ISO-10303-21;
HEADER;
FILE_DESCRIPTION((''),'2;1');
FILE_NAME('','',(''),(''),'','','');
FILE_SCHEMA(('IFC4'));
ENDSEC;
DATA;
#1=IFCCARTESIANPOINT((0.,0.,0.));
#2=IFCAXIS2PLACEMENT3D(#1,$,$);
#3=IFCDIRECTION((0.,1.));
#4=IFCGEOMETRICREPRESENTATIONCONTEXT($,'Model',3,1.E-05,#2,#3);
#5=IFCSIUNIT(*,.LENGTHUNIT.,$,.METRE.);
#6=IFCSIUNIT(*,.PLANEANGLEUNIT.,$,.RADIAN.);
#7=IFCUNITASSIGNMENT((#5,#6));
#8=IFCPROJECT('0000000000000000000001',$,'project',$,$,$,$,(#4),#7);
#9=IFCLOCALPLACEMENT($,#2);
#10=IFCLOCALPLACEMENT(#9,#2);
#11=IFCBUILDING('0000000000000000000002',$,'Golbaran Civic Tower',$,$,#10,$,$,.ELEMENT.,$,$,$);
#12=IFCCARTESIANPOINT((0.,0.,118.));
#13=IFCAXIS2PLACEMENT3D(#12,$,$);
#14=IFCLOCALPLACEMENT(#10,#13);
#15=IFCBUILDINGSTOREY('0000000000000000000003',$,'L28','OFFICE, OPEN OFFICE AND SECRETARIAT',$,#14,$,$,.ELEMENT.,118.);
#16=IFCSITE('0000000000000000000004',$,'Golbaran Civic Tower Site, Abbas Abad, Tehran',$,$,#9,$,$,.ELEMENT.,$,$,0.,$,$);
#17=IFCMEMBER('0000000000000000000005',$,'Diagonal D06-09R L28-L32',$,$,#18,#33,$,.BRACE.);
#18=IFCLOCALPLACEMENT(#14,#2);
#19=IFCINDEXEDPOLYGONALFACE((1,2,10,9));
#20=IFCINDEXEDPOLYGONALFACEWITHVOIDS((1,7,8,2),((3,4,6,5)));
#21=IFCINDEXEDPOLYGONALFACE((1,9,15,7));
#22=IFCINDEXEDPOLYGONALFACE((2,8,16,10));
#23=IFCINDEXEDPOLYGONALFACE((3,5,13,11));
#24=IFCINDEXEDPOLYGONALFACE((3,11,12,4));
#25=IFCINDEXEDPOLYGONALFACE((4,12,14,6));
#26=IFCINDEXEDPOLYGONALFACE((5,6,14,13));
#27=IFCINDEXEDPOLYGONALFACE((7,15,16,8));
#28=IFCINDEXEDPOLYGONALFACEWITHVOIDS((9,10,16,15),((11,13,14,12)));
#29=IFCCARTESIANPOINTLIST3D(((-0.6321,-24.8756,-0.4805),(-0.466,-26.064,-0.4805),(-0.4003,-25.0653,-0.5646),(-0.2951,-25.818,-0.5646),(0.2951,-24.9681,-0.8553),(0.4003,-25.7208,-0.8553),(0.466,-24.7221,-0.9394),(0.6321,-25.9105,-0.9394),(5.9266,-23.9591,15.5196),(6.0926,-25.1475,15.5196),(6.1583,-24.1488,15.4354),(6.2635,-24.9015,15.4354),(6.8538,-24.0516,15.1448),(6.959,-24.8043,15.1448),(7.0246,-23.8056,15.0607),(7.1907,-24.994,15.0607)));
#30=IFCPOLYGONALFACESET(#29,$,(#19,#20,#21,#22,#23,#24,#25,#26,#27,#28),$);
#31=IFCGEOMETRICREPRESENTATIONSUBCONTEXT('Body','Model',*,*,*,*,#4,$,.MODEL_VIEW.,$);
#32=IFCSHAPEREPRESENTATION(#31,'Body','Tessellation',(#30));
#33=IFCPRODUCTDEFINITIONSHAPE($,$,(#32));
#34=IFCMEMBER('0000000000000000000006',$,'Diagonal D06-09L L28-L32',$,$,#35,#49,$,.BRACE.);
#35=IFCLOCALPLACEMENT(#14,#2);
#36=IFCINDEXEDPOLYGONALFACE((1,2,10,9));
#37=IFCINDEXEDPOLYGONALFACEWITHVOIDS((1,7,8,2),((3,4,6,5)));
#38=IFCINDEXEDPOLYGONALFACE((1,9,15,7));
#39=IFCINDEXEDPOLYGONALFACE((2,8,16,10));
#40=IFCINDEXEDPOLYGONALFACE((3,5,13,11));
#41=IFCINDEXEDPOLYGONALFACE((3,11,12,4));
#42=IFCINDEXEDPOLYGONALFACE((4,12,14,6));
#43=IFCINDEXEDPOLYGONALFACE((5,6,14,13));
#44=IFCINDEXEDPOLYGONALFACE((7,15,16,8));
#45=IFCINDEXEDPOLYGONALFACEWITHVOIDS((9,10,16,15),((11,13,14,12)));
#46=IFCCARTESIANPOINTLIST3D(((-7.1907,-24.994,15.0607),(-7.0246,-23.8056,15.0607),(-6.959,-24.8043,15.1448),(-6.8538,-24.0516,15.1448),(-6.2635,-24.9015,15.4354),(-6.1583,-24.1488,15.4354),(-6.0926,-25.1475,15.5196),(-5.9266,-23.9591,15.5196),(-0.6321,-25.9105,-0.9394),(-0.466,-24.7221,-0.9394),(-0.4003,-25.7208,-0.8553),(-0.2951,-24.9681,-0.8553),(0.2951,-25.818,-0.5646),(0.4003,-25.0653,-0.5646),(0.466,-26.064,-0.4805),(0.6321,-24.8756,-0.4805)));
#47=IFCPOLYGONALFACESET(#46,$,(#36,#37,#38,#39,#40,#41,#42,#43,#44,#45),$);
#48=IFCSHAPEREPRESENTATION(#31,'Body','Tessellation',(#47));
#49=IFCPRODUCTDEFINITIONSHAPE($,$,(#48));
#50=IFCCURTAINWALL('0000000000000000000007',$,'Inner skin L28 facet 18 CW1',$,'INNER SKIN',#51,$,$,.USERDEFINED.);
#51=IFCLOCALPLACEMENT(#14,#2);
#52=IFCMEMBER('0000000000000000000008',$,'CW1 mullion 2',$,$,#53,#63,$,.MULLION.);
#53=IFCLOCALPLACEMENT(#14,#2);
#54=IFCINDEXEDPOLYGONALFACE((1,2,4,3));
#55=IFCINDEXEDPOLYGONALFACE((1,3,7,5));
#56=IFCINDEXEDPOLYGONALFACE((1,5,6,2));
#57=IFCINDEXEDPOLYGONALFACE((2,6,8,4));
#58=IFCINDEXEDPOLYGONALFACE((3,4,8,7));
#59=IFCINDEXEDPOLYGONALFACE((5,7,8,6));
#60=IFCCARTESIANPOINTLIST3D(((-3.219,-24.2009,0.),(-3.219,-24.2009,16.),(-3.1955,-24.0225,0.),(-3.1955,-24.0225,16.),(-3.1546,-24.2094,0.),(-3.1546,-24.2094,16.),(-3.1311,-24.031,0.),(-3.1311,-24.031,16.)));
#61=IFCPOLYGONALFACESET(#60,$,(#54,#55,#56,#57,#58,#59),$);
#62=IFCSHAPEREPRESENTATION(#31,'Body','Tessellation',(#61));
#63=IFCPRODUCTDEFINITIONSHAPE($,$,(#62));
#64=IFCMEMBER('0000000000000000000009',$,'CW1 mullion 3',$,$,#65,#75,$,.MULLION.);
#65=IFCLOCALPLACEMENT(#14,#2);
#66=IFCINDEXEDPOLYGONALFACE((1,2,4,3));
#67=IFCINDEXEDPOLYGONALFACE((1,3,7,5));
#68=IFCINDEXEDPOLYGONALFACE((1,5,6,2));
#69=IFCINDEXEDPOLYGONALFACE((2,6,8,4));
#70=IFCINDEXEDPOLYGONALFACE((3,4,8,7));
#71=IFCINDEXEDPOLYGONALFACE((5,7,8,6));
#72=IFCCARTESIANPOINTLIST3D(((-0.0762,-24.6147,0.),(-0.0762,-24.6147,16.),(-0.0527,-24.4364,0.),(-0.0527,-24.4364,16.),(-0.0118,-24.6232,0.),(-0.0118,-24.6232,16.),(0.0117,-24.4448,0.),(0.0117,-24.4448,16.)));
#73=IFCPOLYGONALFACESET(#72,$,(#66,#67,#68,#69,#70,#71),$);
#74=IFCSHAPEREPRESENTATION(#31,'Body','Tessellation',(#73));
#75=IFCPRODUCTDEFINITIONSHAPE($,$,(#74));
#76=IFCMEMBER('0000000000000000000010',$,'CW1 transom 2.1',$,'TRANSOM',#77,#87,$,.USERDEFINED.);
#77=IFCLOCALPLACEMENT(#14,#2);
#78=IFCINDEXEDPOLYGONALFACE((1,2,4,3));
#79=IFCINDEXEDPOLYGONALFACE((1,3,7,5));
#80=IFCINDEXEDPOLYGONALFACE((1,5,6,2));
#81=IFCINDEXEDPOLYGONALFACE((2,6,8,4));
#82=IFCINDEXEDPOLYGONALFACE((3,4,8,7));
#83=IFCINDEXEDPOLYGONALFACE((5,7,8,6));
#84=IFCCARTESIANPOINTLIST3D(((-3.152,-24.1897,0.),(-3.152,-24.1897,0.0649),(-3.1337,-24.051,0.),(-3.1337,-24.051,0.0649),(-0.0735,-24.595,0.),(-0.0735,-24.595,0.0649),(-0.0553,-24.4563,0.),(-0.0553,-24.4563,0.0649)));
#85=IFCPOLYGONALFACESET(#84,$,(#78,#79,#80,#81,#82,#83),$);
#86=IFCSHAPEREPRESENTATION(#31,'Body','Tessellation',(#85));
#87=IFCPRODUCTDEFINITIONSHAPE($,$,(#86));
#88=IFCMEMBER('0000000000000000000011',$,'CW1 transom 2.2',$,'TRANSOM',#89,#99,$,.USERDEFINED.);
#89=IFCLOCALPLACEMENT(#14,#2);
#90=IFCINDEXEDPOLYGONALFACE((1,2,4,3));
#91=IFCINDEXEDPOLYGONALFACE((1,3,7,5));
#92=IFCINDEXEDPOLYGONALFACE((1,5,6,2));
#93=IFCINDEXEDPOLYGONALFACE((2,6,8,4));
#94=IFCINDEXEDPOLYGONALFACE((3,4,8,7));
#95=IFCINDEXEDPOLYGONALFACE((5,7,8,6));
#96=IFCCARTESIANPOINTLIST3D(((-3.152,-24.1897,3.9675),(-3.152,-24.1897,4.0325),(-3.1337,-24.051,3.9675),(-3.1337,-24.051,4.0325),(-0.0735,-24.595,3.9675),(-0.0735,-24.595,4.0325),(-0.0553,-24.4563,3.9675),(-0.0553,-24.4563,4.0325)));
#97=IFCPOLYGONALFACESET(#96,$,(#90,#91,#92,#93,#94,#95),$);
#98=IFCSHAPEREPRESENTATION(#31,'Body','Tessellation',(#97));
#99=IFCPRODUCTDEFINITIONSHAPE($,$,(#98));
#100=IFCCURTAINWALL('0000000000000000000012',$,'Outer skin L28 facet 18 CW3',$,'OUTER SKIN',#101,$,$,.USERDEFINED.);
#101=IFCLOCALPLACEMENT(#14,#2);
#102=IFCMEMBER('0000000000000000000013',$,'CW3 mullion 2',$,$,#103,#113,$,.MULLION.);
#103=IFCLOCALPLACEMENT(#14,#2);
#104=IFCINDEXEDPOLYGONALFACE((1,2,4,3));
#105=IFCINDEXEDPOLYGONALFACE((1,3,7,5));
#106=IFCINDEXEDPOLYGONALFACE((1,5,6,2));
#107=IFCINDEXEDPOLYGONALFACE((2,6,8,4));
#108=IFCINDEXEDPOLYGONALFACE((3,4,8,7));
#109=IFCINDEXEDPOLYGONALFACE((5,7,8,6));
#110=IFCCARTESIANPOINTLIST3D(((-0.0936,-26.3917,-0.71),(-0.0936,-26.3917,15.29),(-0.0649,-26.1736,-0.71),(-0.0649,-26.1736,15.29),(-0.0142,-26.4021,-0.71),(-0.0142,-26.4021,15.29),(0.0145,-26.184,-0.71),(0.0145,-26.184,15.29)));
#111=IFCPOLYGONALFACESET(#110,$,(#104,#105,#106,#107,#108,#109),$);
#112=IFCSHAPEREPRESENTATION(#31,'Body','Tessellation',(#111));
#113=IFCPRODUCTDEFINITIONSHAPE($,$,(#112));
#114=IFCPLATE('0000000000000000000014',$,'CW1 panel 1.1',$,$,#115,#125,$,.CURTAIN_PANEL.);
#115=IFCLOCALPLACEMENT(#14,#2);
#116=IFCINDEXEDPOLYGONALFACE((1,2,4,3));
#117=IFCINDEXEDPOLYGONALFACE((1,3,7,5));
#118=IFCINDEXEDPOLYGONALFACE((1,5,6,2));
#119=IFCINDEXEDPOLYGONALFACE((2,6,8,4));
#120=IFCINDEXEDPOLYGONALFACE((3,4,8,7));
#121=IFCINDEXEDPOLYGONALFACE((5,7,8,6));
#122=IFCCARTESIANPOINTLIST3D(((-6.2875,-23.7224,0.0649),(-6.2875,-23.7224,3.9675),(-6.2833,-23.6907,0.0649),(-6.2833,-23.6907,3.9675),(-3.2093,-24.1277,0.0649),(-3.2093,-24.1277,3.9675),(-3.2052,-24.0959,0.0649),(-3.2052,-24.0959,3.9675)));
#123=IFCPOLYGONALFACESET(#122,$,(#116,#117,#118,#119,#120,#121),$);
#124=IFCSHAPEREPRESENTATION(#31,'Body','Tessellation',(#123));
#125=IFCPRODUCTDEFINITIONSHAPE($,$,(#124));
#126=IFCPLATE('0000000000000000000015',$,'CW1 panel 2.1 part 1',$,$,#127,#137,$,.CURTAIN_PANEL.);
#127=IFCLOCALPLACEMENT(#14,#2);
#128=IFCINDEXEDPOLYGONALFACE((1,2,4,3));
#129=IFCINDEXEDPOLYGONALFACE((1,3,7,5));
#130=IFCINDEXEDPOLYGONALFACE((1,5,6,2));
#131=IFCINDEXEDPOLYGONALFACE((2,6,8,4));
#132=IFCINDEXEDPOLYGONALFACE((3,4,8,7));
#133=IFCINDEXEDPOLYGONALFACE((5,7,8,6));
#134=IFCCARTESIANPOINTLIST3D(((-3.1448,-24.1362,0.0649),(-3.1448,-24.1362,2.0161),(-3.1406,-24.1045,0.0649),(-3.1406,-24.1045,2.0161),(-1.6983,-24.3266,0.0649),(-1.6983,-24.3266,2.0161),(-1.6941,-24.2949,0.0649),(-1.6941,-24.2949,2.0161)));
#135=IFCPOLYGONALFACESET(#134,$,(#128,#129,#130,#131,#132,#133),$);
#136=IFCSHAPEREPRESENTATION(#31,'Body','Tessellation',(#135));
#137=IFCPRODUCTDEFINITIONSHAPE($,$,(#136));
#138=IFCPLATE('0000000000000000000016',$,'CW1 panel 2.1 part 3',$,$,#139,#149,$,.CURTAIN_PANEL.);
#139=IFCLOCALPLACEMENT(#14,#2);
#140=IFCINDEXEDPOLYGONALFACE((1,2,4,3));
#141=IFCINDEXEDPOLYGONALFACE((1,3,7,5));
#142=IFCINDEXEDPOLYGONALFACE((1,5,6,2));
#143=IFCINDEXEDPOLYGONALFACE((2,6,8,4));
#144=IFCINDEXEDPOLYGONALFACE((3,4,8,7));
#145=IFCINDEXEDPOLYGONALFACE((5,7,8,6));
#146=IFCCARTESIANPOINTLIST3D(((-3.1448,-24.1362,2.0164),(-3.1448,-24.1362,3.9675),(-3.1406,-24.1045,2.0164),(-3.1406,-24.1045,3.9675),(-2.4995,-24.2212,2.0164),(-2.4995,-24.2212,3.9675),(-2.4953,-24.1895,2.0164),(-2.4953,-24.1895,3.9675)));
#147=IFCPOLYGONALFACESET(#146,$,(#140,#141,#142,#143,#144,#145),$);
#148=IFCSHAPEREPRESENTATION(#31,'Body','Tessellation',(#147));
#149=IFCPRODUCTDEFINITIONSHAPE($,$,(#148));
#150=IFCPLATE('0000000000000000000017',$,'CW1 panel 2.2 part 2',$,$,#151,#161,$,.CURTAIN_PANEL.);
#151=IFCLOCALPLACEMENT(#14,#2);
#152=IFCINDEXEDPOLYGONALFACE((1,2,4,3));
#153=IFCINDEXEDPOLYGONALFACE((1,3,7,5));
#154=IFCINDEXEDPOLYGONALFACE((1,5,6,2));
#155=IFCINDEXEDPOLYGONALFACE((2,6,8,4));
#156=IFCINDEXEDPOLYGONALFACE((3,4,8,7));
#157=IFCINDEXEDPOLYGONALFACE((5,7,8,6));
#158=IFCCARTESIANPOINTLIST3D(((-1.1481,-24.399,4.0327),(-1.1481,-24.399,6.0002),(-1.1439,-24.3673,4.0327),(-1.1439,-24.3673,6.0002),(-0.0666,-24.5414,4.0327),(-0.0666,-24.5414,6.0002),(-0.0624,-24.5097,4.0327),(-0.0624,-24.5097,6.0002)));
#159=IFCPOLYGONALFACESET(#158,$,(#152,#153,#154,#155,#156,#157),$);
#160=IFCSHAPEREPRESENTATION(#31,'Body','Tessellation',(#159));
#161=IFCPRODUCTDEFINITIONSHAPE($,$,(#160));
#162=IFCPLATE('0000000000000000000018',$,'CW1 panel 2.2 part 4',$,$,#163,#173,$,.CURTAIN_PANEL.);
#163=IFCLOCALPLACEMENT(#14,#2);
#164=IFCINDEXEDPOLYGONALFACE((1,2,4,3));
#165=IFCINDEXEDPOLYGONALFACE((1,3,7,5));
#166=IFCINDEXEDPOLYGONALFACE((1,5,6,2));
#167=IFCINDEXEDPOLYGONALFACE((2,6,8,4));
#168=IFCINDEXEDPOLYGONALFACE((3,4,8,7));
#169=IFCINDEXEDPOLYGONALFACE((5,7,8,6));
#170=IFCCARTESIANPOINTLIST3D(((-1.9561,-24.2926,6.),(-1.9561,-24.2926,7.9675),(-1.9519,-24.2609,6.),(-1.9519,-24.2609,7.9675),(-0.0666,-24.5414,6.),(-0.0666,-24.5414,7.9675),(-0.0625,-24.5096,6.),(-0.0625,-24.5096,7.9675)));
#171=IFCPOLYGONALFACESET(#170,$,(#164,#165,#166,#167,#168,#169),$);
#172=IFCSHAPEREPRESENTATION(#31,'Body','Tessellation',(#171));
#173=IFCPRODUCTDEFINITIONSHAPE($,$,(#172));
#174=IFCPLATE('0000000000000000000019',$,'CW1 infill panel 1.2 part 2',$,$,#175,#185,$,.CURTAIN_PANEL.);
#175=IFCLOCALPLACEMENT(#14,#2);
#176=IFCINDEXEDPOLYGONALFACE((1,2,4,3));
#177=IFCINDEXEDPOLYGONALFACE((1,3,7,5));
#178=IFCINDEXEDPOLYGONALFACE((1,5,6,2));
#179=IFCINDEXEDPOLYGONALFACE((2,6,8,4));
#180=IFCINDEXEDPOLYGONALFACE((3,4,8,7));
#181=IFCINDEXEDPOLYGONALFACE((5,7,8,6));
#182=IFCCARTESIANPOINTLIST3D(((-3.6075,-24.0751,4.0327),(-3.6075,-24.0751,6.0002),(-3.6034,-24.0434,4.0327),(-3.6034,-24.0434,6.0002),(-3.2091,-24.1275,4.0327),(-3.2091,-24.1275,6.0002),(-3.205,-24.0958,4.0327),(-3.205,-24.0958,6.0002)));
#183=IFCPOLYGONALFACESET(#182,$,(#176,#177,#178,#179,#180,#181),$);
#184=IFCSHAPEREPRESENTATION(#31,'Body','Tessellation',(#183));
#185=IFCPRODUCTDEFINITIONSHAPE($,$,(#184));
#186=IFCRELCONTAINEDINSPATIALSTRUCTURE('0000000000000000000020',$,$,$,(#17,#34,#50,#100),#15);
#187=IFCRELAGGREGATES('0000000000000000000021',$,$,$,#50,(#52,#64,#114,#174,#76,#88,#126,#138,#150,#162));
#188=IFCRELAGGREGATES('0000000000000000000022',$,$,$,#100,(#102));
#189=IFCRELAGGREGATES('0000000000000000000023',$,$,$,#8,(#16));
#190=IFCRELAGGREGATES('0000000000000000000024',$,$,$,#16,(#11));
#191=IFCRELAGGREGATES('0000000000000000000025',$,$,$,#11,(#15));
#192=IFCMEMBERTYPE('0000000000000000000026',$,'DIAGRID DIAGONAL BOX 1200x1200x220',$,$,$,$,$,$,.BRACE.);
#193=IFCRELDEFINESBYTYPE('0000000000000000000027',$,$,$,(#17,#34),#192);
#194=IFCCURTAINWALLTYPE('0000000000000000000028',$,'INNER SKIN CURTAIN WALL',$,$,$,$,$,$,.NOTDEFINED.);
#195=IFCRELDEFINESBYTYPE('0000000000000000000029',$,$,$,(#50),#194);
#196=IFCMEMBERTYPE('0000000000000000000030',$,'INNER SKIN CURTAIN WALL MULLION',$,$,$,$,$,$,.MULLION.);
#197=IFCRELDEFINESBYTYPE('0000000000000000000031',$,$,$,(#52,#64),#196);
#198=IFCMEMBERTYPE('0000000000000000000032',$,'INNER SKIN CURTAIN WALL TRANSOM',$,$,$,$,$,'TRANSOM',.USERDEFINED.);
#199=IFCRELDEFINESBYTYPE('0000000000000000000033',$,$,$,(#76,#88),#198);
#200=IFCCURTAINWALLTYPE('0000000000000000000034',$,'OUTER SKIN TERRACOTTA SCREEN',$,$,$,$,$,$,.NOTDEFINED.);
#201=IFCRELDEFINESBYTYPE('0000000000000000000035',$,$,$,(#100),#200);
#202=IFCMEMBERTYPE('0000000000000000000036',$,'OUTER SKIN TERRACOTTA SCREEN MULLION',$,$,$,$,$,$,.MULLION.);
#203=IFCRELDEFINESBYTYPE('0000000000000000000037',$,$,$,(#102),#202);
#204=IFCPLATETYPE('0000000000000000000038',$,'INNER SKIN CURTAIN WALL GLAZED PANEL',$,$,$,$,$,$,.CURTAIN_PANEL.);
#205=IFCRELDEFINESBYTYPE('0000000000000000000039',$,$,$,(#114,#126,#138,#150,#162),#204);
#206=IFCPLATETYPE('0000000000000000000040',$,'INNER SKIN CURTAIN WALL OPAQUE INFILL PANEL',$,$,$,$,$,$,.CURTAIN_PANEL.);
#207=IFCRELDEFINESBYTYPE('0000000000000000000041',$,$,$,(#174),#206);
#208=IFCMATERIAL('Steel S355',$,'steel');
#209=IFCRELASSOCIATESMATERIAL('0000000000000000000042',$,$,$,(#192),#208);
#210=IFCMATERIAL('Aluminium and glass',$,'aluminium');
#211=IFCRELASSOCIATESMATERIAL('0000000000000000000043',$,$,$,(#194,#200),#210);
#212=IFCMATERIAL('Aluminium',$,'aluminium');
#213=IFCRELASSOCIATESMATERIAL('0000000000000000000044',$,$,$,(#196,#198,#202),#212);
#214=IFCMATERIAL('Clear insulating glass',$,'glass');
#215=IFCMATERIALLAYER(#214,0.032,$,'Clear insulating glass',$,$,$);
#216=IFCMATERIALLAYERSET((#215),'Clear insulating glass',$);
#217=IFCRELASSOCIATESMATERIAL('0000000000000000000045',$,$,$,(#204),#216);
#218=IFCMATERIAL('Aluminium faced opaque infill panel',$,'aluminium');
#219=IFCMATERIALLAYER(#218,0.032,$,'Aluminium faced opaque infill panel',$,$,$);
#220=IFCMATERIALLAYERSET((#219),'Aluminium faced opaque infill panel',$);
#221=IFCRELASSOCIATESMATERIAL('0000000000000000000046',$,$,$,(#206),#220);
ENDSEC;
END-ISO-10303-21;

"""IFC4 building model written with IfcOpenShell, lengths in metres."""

from ifc_helpers import new_model, si_unit, direction, frame, origin, origin_2d, place, context, subcontext, project, spatial, rectangle, hollow_rectangle, extrude, material, layer, layer_set, material_profile, profile_set, type_object, element, aggregate, save


model = new_model("IFC4")

# Units and contexts
model_context = context("Model", 3, precision=1e-05, world=origin(), true_north=direction((0.0, 1.0)))
body_context = subcontext(model_context, "Body", "Model", "MODEL_VIEW")
ifc_project = project(units=[si_unit("LENGTHUNIT", "METRE"), si_unit("PLANEANGLEUNIT", "RADIAN")], contexts=[model_context])

# Site, building, storey
site_placement = place(None, origin())
site = spatial("IfcSite", under=ifc_project, at=site_placement, Name="Golbaran Civic Tower Site, Abbas Abad, Tehran", CompositionType="ELEMENT", RefElevation=0.0)
building_placement = place(site_placement, origin())
building = spatial("IfcBuilding", under=site, at=building_placement, Name="Golbaran Civic Tower", CompositionType="ELEMENT")
storey_placement = place(building_placement, frame((0.0, 0.0, 118.0)))
storey = spatial("IfcBuildingStorey", under=building, at=storey_placement, Name="L28", Description="OFFICE, OPEN OFFICE AND SECRETARIAT", CompositionType="ELEMENT", Elevation=118.0)

# Members
ifc_material_1 = material(Name="Steel S355", Category="steel")
ifc_material_profile_1 = material_profile(ifc_material_1, hollow_rectangle(XDim=1.2, YDim=1.2, WallThickness=0.22, at=origin_2d()), Name="BOX 1200x1200x220")
ifc_profile_set_1 = profile_set([ifc_material_profile_1], Name="Steel S355")
member_type_1 = type_object("IfcMemberType", Name="DIAGRID DIAGONAL BOX 1200x1200x220", PredefinedType="BRACE", material=ifc_profile_set_1)
for number, where, z_axis, x_axis, name in (
    (1, (0.0, -25.3931, -0.71), (0.378752, 0.052927, 0.923984), (-0.138396, 0.990377, 0.0), "Diagonal D06-09R L28-L32"),
    (2, (0.0, -25.3931, -0.71), (-0.378752, 0.052927, 0.923984), (-0.138396, -0.990377, 0.0), "Diagonal D06-09L L28-L32"),
):
    element("IfcMember", number, at=place(storey_placement, frame(where, z_axis=z_axis, x_axis=x_axis)), inside=storey, type_object=member_type_1, Name=name, PredefinedType="BRACE", context=body_context, shape_type="SweptSolid", body=[
        extrude(hollow_rectangle(XDim=1.2, YDim=1.2, WallThickness=0.22, at=origin_2d()), origin(), (0.0, 0.0, 1.0), 17.3164),
    ])

# Curtain wall, members
ifc_material_2 = material(Name="Aluminium and glass", Category="aluminium")
curtain_wall_type_1 = type_object("IfcCurtainWallType", Name="INNER SKIN CURTAIN WALL", PredefinedType="NOTDEFINED", material=ifc_material_2)
curtain_wall_1_placement = place(storey_placement, origin())
curtain_wall_1 = element("IfcCurtainWall", 3, at=curtain_wall_1_placement, inside=storey, type_object=curtain_wall_type_1, Name="Inner skin L28 facet 18 CW1", ObjectType="INNER SKIN", PredefinedType="USERDEFINED")
ifc_material_3 = material(Name="Aluminium", Category="aluminium")
ifc_material_profile_2 = material_profile(ifc_material_3, rectangle(XDim=0.1799, YDim=0.0649, at=origin_2d()), Name="INNER SKIN CURTAIN WALL MULLION")
ifc_profile_set_2 = profile_set([ifc_material_profile_2], Name="Aluminium")
member_type_2 = type_object("IfcMemberType", Name="INNER SKIN CURTAIN WALL MULLION", PredefinedType="MULLION", material=ifc_profile_set_2)
member_1_placement = place(storey_placement, frame((-3.175, -24.116, 0.0), z_axis=(0.0, 0.0, 1.0), x_axis=(0.130526, 0.991445, 0.0)))
member_1 = element("IfcMember", 4, at=member_1_placement, type_object=member_type_2, Name="CW1 mullion 2", PredefinedType="MULLION", context=body_context, shape_type="SweptSolid", body=[
    extrude(rectangle(XDim=0.1799, YDim=0.0649, at=origin_2d()), origin(), (0.0, 0.0, 1.0), 16.0),
])
member_2_placement = place(storey_placement, frame((-0.0322, -24.5298, 0.0), z_axis=(0.0, 0.0, 1.0), x_axis=(0.130526, 0.991445, 0.0)))
member_2 = element("IfcMember", 5, at=member_2_placement, type_object=member_type_2, Name="CW1 mullion 3", PredefinedType="MULLION", context=body_context, shape_type="SweptSolid", body=[
    extrude(rectangle(XDim=0.1799, YDim=0.0649, at=origin_2d()), origin(), (0.0, 0.0, 1.0), 16.0),
])
ifc_material_profile_3 = material_profile(ifc_material_3, rectangle(XDim=0.1399, YDim=0.0649, at=origin_2d()), Name="INNER SKIN CURTAIN WALL TRANSOM")
ifc_profile_set_3 = profile_set([ifc_material_profile_3], Name="Aluminium")
member_type_3 = type_object("IfcMemberType", Name="INNER SKIN CURTAIN WALL TRANSOM", ElementType="TRANSOM", PredefinedType="USERDEFINED", material=ifc_profile_set_3)
member_3_placement = place(storey_placement, frame((-3.1428, -24.1204, 0.0325), z_axis=(0.991445, -0.130526, 0.0), x_axis=(0.130526, 0.991445, 0.0)))
member_3 = element("IfcMember", 6, at=member_3_placement, type_object=member_type_3, Name="CW1 transom 2.1", ObjectType="TRANSOM", PredefinedType="USERDEFINED", context=body_context, shape_type="SweptSolid", body=[
    extrude(rectangle(XDim=0.1399, YDim=0.0649, at=origin_2d()), origin(), (0.0, 0.0, 1.0), 3.105),
])
member_4_placement = place(storey_placement, frame((-3.1428, -24.1204, 4.0), z_axis=(0.991445, -0.130526, 0.0), x_axis=(0.130526, 0.991445, 0.0)))
member_4 = element("IfcMember", 7, at=member_4_placement, type_object=member_type_3, Name="CW1 transom 2.2", ObjectType="TRANSOM", PredefinedType="USERDEFINED", context=body_context, shape_type="SweptSolid", body=[
    extrude(rectangle(XDim=0.1399, YDim=0.0649, at=origin_2d()), origin(), (0.0, 0.0, 1.0), 3.105),
])

# Curtain wall, member
curtain_wall_type_2 = type_object("IfcCurtainWallType", Name="OUTER SKIN TERRACOTTA SCREEN", PredefinedType="NOTDEFINED", material=ifc_material_2)
curtain_wall_2_placement = place(storey_placement, origin())
curtain_wall_2 = element("IfcCurtainWall", 8, at=curtain_wall_2_placement, inside=storey, type_object=curtain_wall_type_2, Name="Outer skin L28 facet 18 CW3", ObjectType="OUTER SKIN", PredefinedType="USERDEFINED")
ifc_material_profile_4 = material_profile(ifc_material_3, rectangle(XDim=0.22, YDim=0.0801, at=origin_2d()), Name="OUTER SKIN TERRACOTTA SCREEN MULLION")
ifc_profile_set_4 = profile_set([ifc_material_profile_4], Name="Aluminium")
member_type_4 = type_object("IfcMemberType", Name="OUTER SKIN TERRACOTTA SCREEN MULLION", PredefinedType="MULLION", material=ifc_profile_set_4)
member_5_placement = place(storey_placement, frame((-0.0396, -26.2878, -0.71), z_axis=(0.0, 0.0, 1.0), x_axis=(0.130526, 0.991445, 0.0)))
member_5 = element("IfcMember", 9, at=member_5_placement, type_object=member_type_4, Name="CW3 mullion 2", PredefinedType="MULLION", context=body_context, shape_type="SweptSolid", body=[
    extrude(rectangle(XDim=0.22, YDim=0.0801, at=origin_2d()), origin(), (0.0, 0.0, 1.0), 16.0),
])

# Plates
ifc_material_4 = material(Name="Clear insulating glass", Category="glass")
ifc_layer_1 = layer(ifc_material_4, 0.032, Name="Clear insulating glass")
ifc_layer_set_1 = layer_set([ifc_layer_1], Name="Clear insulating glass")
plate_type_1 = type_object("IfcPlateType", Name="INNER SKIN CURTAIN WALL GLAZED PANEL", PredefinedType="CURTAIN_PANEL", material=ifc_layer_set_1)
plate_1_placement = place(storey_placement, frame((-4.7463, -23.9092, 0.0649), z_axis=(0.0, 0.0, 1.0), x_axis=(0.991445, -0.130526, 0.0)))
plate_1 = element("IfcPlate", 10, at=plate_1_placement, type_object=plate_type_1, Name="CW1 panel 1.1", PredefinedType="CURTAIN_PANEL", context=body_context, shape_type="SweptSolid", body=[
    extrude(rectangle(XDim=3.1047, YDim=0.032, at=origin_2d()), origin(), (0.0, 0.0, 1.0), 3.9026),
])
plate_2_placement = place(storey_placement, frame((-2.4194, -24.2156, 0.0649), z_axis=(0.0, 0.0, 1.0), x_axis=(0.991445, -0.130526, 0.0)))
plate_2 = element("IfcPlate", 11, at=plate_2_placement, type_object=plate_type_1, Name="CW1 panel 2.1 part 1", PredefinedType="CURTAIN_PANEL", context=body_context, shape_type="SweptSolid", body=[
    extrude(rectangle(XDim=1.459, YDim=0.032, at=origin_2d()), origin(), (0.0, 0.0, 1.0), 1.9512),
])
plate_3_placement = place(storey_placement, frame((-2.8201, -24.1628, 2.0164), z_axis=(0.0, 0.0, 1.0), x_axis=(0.991445, -0.130526, 0.0)))
plate_3 = element("IfcPlate", 12, at=plate_3_placement, type_object=plate_type_1, Name="CW1 panel 2.1 part 3", PredefinedType="CURTAIN_PANEL", context=body_context, shape_type="SweptSolid", body=[
    extrude(rectangle(XDim=0.6509, YDim=0.032, at=origin_2d()), origin(), (0.0, 0.0, 1.0), 1.9512),
])
plate_4_placement = place(storey_placement, frame((-0.6052, -24.4543, 4.0327), z_axis=(0.0, 0.0, 1.0), x_axis=(0.991445, -0.130526, 0.0)))
plate_4 = element("IfcPlate", 13, at=plate_4_placement, type_object=plate_type_1, Name="CW1 panel 2.2 part 2", PredefinedType="CURTAIN_PANEL", context=body_context, shape_type="SweptSolid", body=[
    extrude(rectangle(XDim=1.0908, YDim=0.032, at=origin_2d()), origin(), (0.0, 0.0, 1.0), 1.9675),
])
plate_5_placement = place(storey_placement, frame((-1.0093, -24.4011, 6.0), z_axis=(0.0, 0.0, 1.0), x_axis=(0.991445, -0.130526, 0.0)))
plate_5 = element("IfcPlate", 14, at=plate_5_placement, type_object=plate_type_1, Name="CW1 panel 2.2 part 4", PredefinedType="CURTAIN_PANEL", context=body_context, shape_type="SweptSolid", body=[
    extrude(rectangle(XDim=1.9058, YDim=0.032, at=origin_2d()), origin(), (0.0, 0.0, 1.0), 1.9675),
])
ifc_material_5 = material(Name="Aluminium faced opaque infill panel", Category="aluminium")
ifc_layer_2 = layer(ifc_material_5, 0.032, Name="Aluminium faced opaque infill panel")
ifc_layer_set_2 = layer_set([ifc_layer_2], Name="Aluminium faced opaque infill panel")
plate_type_2 = type_object("IfcPlateType", Name="INNER SKIN CURTAIN WALL OPAQUE INFILL PANEL", PredefinedType="CURTAIN_PANEL", material=ifc_layer_set_2)
plate_6_placement = place(storey_placement, frame((-3.4062, -24.0854, 4.0327), z_axis=(0.0, 0.0, 1.0), x_axis=(0.991445, -0.130526, 0.0)))
plate_6 = element("IfcPlate", 15, at=plate_6_placement, type_object=plate_type_2, Name="CW1 infill panel 1.2 part 2", PredefinedType="CURTAIN_PANEL", context=body_context, shape_type="SweptSolid", body=[
    extrude(rectangle(XDim=0.4019, YDim=0.032, at=origin_2d()), origin(), (0.0, 0.0, 1.0), 1.9675),
])
aggregate(curtain_wall_1, [member_1, member_2, plate_1, plate_6, member_3, member_4, plate_2, plate_3, plate_4, plate_5])
aggregate(curtain_wall_2, [member_5])

save(model, "model.ifc")
